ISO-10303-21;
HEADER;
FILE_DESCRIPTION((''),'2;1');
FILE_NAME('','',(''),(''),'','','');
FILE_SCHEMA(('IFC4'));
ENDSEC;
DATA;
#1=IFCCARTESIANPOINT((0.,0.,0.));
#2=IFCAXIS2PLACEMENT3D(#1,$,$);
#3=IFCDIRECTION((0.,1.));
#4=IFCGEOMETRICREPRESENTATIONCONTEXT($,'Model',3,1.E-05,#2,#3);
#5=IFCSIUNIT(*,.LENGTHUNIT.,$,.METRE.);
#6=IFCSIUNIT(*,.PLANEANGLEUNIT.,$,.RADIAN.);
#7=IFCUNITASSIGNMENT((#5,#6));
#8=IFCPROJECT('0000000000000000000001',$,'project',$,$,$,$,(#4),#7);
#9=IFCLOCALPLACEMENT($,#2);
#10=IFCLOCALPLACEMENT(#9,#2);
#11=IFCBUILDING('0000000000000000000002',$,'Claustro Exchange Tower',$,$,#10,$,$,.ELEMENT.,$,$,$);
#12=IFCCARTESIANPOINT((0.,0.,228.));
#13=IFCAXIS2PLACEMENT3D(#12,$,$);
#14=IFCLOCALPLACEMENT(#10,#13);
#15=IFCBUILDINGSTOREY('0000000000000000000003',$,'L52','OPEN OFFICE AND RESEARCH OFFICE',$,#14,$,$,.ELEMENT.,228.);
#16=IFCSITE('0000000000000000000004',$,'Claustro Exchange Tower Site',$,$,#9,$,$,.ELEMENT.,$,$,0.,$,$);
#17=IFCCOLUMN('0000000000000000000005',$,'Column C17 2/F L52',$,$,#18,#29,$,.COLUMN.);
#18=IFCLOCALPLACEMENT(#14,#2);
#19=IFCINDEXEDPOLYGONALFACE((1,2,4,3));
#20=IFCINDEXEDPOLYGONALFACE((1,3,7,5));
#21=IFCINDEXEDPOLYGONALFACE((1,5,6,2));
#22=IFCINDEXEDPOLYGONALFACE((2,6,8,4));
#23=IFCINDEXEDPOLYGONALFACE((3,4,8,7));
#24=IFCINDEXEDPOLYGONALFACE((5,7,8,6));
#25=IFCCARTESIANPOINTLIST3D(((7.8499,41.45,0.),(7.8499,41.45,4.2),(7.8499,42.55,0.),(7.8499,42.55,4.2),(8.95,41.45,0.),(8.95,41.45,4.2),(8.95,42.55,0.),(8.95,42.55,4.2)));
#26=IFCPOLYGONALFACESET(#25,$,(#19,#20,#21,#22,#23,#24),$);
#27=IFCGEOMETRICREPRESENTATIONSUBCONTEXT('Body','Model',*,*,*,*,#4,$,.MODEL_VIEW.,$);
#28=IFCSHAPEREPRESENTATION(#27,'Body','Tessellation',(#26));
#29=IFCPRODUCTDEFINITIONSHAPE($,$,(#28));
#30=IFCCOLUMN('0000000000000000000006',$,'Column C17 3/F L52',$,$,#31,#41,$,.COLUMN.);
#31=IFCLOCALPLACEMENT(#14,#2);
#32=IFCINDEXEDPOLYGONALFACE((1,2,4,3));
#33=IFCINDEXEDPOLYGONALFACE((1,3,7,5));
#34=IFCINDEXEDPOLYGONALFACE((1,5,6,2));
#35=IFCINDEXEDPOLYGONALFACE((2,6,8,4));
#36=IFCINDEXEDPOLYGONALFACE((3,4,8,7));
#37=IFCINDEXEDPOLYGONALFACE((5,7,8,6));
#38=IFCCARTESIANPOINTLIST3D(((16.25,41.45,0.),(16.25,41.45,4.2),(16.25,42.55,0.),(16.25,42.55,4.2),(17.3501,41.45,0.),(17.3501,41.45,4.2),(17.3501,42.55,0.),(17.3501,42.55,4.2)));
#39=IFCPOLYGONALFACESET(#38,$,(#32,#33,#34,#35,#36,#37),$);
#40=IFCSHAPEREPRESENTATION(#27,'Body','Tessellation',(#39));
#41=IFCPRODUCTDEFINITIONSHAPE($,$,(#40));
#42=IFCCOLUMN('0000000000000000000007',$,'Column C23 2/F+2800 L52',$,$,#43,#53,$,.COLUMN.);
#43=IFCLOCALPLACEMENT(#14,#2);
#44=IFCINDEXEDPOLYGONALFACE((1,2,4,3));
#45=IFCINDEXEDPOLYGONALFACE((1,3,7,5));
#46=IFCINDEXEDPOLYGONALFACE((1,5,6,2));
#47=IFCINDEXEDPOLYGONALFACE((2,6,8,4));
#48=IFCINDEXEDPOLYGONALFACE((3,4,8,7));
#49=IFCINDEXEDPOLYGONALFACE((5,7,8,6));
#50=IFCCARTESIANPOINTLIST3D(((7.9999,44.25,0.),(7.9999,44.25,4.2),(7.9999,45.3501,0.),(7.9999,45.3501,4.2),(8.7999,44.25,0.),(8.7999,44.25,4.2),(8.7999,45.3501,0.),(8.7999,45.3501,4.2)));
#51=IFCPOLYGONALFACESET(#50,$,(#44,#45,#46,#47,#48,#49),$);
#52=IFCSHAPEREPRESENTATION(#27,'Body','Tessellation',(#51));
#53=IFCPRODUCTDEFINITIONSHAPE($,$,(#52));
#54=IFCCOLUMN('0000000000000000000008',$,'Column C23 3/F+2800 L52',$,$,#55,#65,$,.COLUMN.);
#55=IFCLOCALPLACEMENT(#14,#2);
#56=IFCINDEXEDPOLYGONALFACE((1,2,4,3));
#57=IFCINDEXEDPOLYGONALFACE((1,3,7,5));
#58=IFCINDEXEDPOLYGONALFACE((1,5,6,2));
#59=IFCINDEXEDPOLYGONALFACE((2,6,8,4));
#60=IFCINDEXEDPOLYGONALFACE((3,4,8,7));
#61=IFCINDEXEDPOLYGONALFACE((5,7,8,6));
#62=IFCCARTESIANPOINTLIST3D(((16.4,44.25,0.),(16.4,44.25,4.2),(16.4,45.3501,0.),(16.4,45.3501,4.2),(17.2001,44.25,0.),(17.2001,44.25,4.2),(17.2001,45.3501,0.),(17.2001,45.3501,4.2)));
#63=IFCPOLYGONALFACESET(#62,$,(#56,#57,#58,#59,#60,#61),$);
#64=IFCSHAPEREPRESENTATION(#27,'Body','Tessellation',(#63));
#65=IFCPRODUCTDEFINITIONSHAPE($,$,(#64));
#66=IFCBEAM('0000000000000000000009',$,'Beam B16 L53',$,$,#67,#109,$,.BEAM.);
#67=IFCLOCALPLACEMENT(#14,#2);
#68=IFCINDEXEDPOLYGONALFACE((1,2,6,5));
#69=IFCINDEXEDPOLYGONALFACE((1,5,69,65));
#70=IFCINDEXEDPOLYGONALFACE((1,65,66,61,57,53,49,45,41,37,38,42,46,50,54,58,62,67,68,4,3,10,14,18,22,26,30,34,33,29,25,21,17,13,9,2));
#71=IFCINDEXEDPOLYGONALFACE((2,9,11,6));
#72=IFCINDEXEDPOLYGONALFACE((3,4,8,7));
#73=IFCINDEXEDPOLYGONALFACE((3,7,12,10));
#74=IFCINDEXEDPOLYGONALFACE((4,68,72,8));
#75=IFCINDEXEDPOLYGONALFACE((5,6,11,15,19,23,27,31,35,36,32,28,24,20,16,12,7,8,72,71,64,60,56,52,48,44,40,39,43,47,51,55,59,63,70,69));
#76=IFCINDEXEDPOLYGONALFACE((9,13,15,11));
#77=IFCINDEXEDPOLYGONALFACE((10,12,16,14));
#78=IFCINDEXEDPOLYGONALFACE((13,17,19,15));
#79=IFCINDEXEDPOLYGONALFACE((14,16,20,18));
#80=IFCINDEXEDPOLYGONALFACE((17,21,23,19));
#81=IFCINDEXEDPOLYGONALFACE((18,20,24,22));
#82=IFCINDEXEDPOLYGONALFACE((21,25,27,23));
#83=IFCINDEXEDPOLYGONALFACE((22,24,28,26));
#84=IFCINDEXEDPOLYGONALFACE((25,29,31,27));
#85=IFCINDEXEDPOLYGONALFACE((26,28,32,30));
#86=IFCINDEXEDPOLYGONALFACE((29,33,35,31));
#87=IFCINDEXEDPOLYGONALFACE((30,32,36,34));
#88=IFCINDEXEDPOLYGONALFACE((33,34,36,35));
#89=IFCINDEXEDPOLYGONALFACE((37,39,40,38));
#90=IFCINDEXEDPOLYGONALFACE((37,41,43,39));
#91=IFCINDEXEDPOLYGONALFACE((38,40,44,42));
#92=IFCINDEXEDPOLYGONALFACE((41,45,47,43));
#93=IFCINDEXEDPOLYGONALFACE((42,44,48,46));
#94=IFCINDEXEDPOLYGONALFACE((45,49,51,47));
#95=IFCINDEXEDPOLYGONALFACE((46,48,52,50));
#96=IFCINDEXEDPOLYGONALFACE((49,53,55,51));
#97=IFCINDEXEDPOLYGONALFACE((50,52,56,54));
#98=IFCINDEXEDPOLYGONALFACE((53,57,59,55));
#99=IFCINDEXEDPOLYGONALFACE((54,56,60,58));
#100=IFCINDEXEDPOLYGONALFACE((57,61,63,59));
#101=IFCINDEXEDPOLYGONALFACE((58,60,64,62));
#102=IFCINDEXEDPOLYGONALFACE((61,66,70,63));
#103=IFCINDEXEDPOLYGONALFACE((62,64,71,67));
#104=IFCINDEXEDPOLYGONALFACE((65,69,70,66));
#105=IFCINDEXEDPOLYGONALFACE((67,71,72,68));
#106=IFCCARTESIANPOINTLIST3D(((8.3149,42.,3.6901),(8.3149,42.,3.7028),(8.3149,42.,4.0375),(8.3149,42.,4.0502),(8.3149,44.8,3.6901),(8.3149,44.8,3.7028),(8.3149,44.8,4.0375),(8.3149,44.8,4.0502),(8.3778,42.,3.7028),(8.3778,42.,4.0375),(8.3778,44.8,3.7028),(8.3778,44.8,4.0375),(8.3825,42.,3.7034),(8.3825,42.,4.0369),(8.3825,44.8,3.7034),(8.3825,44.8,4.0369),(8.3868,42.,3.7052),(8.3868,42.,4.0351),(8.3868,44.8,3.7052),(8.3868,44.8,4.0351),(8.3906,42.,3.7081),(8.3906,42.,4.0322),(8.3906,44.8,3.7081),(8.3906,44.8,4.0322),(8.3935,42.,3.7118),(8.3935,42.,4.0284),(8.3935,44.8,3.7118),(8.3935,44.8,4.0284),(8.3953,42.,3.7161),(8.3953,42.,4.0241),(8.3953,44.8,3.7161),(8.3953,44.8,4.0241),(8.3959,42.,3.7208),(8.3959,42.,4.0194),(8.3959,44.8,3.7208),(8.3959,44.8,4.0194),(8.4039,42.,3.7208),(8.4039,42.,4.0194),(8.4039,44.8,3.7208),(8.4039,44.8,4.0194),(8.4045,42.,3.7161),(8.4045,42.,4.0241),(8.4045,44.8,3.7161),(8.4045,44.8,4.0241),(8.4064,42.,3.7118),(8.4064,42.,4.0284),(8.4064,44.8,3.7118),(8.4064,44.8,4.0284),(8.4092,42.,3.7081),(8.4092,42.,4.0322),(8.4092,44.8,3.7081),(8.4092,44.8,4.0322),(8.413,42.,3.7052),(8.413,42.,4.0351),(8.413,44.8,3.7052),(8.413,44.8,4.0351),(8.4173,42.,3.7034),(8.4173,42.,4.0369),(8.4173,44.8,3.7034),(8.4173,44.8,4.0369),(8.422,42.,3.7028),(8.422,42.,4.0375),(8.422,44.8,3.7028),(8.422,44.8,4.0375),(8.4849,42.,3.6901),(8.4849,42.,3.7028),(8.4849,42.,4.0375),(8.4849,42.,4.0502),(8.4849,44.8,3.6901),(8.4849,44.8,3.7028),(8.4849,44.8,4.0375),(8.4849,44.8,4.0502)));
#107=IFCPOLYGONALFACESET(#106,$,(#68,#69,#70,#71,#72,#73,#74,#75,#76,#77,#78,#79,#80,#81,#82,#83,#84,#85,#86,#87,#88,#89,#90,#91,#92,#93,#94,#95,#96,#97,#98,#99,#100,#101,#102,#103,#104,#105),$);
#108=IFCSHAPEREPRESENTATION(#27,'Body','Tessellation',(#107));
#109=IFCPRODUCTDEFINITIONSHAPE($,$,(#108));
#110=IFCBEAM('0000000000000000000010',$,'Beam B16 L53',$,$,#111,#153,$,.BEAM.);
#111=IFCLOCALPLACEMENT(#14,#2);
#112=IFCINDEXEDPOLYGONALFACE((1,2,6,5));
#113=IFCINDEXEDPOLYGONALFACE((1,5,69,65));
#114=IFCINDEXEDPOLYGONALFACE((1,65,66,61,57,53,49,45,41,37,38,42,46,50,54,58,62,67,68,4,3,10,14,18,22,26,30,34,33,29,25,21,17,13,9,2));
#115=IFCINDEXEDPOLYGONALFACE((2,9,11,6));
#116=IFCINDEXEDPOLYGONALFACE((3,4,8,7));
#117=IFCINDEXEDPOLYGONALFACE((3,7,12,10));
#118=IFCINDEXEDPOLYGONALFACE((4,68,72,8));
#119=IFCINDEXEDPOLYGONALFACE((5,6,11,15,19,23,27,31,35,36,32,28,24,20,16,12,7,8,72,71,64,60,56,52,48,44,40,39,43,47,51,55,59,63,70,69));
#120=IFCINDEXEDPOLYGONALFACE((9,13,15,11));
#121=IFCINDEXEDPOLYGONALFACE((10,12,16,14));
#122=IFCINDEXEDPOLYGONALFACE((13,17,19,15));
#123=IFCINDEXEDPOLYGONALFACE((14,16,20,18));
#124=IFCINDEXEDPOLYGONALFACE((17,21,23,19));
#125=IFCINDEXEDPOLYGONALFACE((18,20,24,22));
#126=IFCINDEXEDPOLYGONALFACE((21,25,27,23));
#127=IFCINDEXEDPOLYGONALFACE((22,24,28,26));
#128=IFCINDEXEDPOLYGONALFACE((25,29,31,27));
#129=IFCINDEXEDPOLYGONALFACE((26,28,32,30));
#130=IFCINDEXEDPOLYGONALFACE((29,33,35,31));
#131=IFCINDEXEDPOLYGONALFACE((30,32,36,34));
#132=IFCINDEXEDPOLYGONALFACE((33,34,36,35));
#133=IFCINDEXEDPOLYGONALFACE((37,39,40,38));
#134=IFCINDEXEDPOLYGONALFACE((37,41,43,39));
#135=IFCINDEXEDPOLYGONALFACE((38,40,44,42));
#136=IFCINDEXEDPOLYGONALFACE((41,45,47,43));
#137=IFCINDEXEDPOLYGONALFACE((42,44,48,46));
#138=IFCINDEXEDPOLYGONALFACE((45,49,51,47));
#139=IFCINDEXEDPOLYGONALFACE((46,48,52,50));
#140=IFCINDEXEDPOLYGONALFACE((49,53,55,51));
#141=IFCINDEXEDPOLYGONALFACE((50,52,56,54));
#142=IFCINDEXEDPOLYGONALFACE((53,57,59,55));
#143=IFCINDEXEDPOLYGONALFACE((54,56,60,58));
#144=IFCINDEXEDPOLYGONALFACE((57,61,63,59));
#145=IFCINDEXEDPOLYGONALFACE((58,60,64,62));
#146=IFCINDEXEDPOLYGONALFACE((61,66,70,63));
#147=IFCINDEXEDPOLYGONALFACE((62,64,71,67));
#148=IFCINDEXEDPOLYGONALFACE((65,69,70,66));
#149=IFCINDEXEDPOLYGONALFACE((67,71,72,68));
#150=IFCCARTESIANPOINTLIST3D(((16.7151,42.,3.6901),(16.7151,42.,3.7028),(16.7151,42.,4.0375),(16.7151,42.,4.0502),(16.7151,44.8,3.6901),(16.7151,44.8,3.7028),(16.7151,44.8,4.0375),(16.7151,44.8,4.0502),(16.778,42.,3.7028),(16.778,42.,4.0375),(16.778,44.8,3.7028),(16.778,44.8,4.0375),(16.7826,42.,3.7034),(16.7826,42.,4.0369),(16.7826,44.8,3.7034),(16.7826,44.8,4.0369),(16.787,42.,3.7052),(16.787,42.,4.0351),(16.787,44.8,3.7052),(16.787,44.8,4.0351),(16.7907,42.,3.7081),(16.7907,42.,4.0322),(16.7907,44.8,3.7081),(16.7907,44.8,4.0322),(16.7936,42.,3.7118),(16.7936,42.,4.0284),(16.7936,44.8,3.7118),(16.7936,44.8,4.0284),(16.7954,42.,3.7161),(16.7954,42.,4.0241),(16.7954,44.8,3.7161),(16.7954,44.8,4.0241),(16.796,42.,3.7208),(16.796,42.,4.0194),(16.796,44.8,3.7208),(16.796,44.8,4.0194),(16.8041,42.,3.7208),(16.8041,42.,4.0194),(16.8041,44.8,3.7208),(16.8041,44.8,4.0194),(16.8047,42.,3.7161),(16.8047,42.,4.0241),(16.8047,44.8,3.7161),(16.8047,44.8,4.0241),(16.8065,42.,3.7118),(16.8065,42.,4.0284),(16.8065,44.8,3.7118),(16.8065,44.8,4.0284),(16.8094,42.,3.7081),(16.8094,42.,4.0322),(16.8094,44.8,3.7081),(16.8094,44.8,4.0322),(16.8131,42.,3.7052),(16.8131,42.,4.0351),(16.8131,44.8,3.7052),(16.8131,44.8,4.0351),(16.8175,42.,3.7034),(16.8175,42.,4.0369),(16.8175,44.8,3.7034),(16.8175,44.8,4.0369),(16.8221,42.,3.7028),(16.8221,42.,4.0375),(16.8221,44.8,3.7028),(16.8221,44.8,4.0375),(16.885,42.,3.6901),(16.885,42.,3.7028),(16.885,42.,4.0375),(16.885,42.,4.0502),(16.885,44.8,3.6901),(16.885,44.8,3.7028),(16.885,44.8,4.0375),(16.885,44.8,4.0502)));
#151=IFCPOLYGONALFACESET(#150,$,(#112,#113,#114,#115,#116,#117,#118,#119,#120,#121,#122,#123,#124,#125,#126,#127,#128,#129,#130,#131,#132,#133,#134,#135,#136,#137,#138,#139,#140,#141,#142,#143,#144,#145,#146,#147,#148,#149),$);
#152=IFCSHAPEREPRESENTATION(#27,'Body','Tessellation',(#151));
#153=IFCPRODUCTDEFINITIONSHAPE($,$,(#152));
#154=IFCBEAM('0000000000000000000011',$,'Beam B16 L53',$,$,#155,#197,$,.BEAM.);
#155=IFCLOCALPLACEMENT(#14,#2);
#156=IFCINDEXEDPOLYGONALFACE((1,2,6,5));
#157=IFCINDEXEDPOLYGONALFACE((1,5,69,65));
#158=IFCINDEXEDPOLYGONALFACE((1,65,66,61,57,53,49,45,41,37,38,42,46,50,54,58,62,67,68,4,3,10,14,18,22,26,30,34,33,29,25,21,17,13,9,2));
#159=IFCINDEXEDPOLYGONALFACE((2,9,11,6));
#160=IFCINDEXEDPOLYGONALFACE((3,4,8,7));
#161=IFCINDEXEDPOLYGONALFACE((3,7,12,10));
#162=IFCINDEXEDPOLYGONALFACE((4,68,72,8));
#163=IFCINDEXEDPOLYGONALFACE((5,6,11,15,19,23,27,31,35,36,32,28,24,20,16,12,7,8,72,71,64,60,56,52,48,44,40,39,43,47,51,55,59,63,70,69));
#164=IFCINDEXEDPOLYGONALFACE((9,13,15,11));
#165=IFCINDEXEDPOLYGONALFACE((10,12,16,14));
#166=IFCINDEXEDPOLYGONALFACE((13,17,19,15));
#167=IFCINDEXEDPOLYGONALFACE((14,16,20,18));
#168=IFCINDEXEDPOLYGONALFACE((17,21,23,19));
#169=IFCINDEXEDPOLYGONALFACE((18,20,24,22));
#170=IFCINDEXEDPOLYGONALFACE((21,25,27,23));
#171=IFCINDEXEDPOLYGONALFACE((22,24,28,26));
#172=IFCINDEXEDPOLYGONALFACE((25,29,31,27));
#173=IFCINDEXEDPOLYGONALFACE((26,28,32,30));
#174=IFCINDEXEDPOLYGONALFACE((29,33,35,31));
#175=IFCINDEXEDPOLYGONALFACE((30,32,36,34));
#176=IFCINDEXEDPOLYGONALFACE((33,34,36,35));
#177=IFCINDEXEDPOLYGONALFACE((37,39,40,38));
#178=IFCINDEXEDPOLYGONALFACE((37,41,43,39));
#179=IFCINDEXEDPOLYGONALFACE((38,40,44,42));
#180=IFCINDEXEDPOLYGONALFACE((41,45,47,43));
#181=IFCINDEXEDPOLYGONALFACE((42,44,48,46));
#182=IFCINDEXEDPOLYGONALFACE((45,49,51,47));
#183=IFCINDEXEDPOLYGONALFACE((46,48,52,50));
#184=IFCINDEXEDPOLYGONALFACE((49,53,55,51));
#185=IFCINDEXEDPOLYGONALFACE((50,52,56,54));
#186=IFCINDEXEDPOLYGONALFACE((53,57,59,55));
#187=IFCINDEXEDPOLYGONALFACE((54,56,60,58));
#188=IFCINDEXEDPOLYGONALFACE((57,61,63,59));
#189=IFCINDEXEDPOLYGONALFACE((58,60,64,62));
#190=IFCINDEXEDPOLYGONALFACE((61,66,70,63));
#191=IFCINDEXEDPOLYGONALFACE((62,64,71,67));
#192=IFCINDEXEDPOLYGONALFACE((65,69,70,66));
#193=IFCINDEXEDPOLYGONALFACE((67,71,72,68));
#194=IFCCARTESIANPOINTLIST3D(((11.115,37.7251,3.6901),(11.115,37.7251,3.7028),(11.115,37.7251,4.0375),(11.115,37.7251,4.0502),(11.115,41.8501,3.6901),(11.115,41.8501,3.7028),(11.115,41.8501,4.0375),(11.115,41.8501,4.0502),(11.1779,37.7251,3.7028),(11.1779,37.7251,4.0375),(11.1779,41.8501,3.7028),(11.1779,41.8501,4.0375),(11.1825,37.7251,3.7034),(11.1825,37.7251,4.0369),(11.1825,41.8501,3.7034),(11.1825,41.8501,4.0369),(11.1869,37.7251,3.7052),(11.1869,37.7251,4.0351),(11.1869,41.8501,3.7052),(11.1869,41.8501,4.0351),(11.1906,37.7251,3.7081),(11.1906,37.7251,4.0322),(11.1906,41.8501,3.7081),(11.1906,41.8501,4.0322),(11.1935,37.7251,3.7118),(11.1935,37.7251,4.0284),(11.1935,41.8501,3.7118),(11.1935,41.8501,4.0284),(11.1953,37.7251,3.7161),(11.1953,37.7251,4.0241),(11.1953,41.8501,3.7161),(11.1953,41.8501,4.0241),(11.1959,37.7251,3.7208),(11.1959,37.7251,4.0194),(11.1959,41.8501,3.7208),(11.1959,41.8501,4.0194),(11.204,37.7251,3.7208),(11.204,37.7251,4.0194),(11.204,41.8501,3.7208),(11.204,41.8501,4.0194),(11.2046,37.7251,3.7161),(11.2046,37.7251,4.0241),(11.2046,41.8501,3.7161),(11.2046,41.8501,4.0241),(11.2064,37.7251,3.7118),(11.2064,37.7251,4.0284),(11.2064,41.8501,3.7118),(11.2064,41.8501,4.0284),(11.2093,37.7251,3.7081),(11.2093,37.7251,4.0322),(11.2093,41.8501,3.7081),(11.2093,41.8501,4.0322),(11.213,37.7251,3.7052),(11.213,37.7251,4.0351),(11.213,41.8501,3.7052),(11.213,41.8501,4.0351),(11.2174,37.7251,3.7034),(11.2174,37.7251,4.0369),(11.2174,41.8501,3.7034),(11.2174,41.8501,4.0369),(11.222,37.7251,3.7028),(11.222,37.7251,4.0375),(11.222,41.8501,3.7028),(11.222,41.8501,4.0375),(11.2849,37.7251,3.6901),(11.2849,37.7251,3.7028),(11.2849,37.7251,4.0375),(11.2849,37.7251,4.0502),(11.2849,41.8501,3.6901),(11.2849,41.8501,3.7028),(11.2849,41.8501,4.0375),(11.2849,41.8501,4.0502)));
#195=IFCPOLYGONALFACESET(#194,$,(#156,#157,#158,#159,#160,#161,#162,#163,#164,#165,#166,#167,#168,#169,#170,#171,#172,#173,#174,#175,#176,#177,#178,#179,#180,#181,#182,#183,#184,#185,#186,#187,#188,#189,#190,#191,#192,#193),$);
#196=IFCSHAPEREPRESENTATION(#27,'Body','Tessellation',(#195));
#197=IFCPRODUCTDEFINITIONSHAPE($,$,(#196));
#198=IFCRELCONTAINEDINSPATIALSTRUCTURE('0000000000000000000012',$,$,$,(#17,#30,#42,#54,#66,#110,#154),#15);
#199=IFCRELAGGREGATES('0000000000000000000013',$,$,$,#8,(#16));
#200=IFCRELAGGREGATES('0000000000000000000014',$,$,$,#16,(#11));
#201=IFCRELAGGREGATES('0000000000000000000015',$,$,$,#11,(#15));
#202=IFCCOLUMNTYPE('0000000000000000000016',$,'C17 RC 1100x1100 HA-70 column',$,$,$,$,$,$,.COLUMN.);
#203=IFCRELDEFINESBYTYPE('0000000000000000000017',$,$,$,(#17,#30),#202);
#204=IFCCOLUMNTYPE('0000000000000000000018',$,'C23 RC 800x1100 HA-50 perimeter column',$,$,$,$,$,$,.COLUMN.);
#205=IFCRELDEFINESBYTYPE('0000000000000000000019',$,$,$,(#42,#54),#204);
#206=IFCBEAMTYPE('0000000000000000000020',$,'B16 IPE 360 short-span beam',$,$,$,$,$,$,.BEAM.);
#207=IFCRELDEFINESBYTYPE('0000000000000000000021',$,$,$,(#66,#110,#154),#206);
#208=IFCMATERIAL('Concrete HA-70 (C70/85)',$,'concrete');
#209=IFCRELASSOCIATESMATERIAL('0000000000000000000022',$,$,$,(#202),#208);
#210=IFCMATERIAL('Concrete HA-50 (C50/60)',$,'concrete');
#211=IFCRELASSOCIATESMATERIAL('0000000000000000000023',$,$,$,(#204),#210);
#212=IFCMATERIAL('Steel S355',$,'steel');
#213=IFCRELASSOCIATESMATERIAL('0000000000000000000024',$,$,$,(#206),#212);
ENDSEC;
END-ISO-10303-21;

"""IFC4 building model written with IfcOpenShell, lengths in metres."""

from ifc_helpers import new_model, si_unit, direction, frame, origin, origin_2d, place, context, subcontext, project, spatial, rectangle, i_section, extrude, material, material_profile, profile_set, type_object, element, save


model = new_model("IFC4")

# Units and contexts
model_context = context("Model", 3, precision=1e-05, world=origin(), true_north=direction((0.0, 1.0)))
body_context = subcontext(model_context, "Body", "Model", "MODEL_VIEW")
ifc_project = project(units=[si_unit("LENGTHUNIT", "METRE"), si_unit("PLANEANGLEUNIT", "RADIAN")], contexts=[model_context])

# Site, building, storey
site_placement = place(None, origin())
site = spatial("IfcSite", under=ifc_project, at=site_placement, Name="Claustro Exchange Tower Site", CompositionType="ELEMENT", RefElevation=0.0)
building_placement = place(site_placement, origin())
building = spatial("IfcBuilding", under=site, at=building_placement, Name="Claustro Exchange Tower", CompositionType="ELEMENT")
storey_placement = place(building_placement, frame((0.0, 0.0, 228.0)))
storey = spatial("IfcBuildingStorey", under=building, at=storey_placement, Name="L52", Description="OPEN OFFICE AND RESEARCH OFFICE", CompositionType="ELEMENT", Elevation=228.0)

# Columns
ifc_material_1 = material(Name="Concrete HA-70 (C70/85)", Category="concrete")
ifc_material_profile_1 = material_profile(ifc_material_1, rectangle(XDim=1.1001, YDim=1.1001, at=origin_2d()), Name="RC 1100x1100")
ifc_profile_set_1 = profile_set([ifc_material_profile_1], Name="Concrete HA-70 (C70/85)")
column_type_1 = type_object("IfcColumnType", Name="C17 RC 1100x1100 HA-70 column", PredefinedType="COLUMN", material=ifc_profile_set_1)
for number, where, z_axis, x_axis, name in (
    (1, (8.3999, 42.0, 0.0), (0.0, 0.0, 1.0), (1.0, 0.0, 0.0), "Column C17 2/F L52"),
    (2, (16.8, 42.0, 0.0), (0.0, 0.0, 1.0), (1.0, 0.0, 0.0), "Column C17 3/F L52"),
):
    element("IfcColumn", number, at=place(storey_placement, frame(where, z_axis=z_axis, x_axis=x_axis)), inside=storey, type_object=column_type_1, Name=name, PredefinedType="COLUMN", context=body_context, shape_type="SweptSolid", body=[
        extrude(rectangle(XDim=1.1001, YDim=1.1001, at=origin_2d()), origin(), (0.0, 0.0, 1.0), 4.2),
    ])
ifc_material_2 = material(Name="Concrete HA-50 (C50/60)", Category="concrete")
ifc_material_profile_2 = material_profile(ifc_material_2, rectangle(XDim=0.8, YDim=1.1001, at=origin_2d()), Name="RC 800x1100")
ifc_profile_set_2 = profile_set([ifc_material_profile_2], Name="Concrete HA-50 (C50/60)")
column_type_2 = type_object("IfcColumnType", Name="C23 RC 800x1100 HA-50 perimeter column", PredefinedType="COLUMN", material=ifc_profile_set_2)
for number, where, z_axis, x_axis, name in (
    (3, (8.3999, 44.8, 0.0), (0.0, 0.0, 1.0), (1.0, 0.0, 0.0), "Column C23 2/F+2800 L52"),
    (4, (16.8, 44.8, 0.0), (0.0, 0.0, 1.0), (1.0, 0.0, 0.0), "Column C23 3/F+2800 L52"),
):
    element("IfcColumn", number, at=place(storey_placement, frame(where, z_axis=z_axis, x_axis=x_axis)), inside=storey, type_object=column_type_2, Name=name, PredefinedType="COLUMN", context=body_context, shape_type="SweptSolid", body=[
        extrude(rectangle(XDim=0.8, YDim=1.1001, at=origin_2d()), origin(), (0.0, 0.0, 1.0), 4.2),
    ])

# Beams
ifc_material_3 = material(Name="Steel S355", Category="steel")
ifc_material_profile_3 = material_profile(ifc_material_3, i_section(OverallWidth=0.1699, OverallDepth=0.3601, WebThickness=0.0081, FlangeThickness=0.0127, FilletRadius=0.0181, at=origin_2d()), Name="IPE 360")
ifc_profile_set_3 = profile_set([ifc_material_profile_3], Name="Steel S355")
beam_type_1 = type_object("IfcBeamType", Name="B16 IPE 360 short-span beam", PredefinedType="BEAM", material=ifc_profile_set_3)
for number, where, z_axis, x_axis, name in (
    (5, (8.3999, 42.0, 3.8701), (0.0, 1.0, 0.0), (-1.0, 0.0, 0.0), "Beam B16 L53"),
    (6, (16.8, 42.0, 3.8701), (0.0, 1.0, 0.0), (-1.0, 0.0, 0.0), "Beam B16 L53"),
):
    element("IfcBeam", number, at=place(storey_placement, frame(where, z_axis=z_axis, x_axis=x_axis)), inside=storey, type_object=beam_type_1, Name=name, PredefinedType="BEAM", context=body_context, shape_type="SweptSolid", body=[
        extrude(i_section(OverallWidth=0.1699, OverallDepth=0.3601, WebThickness=0.0081, FlangeThickness=0.0127, FilletRadius=0.0181, at=origin_2d()), origin(), (0.0, 0.0, 1.0), 2.8),
    ])
for number, where, z_axis, x_axis, name in (
    (7, (11.2, 37.7251, 3.8701), (0.0, 1.0, 0.0), (-1.0, 0.0, 0.0), "Beam B16 L53"),
):
    element("IfcBeam", number, at=place(storey_placement, frame(where, z_axis=z_axis, x_axis=x_axis)), inside=storey, type_object=beam_type_1, Name=name, PredefinedType="BEAM", context=body_context, shape_type="SweptSolid", body=[
        extrude(i_section(OverallWidth=0.1699, OverallDepth=0.3601, WebThickness=0.0081, FlangeThickness=0.0127, FilletRadius=0.0181, at=origin_2d()), origin(), (0.0, 0.0, 1.0), 4.125),
    ])

save(model, "model.ifc")
